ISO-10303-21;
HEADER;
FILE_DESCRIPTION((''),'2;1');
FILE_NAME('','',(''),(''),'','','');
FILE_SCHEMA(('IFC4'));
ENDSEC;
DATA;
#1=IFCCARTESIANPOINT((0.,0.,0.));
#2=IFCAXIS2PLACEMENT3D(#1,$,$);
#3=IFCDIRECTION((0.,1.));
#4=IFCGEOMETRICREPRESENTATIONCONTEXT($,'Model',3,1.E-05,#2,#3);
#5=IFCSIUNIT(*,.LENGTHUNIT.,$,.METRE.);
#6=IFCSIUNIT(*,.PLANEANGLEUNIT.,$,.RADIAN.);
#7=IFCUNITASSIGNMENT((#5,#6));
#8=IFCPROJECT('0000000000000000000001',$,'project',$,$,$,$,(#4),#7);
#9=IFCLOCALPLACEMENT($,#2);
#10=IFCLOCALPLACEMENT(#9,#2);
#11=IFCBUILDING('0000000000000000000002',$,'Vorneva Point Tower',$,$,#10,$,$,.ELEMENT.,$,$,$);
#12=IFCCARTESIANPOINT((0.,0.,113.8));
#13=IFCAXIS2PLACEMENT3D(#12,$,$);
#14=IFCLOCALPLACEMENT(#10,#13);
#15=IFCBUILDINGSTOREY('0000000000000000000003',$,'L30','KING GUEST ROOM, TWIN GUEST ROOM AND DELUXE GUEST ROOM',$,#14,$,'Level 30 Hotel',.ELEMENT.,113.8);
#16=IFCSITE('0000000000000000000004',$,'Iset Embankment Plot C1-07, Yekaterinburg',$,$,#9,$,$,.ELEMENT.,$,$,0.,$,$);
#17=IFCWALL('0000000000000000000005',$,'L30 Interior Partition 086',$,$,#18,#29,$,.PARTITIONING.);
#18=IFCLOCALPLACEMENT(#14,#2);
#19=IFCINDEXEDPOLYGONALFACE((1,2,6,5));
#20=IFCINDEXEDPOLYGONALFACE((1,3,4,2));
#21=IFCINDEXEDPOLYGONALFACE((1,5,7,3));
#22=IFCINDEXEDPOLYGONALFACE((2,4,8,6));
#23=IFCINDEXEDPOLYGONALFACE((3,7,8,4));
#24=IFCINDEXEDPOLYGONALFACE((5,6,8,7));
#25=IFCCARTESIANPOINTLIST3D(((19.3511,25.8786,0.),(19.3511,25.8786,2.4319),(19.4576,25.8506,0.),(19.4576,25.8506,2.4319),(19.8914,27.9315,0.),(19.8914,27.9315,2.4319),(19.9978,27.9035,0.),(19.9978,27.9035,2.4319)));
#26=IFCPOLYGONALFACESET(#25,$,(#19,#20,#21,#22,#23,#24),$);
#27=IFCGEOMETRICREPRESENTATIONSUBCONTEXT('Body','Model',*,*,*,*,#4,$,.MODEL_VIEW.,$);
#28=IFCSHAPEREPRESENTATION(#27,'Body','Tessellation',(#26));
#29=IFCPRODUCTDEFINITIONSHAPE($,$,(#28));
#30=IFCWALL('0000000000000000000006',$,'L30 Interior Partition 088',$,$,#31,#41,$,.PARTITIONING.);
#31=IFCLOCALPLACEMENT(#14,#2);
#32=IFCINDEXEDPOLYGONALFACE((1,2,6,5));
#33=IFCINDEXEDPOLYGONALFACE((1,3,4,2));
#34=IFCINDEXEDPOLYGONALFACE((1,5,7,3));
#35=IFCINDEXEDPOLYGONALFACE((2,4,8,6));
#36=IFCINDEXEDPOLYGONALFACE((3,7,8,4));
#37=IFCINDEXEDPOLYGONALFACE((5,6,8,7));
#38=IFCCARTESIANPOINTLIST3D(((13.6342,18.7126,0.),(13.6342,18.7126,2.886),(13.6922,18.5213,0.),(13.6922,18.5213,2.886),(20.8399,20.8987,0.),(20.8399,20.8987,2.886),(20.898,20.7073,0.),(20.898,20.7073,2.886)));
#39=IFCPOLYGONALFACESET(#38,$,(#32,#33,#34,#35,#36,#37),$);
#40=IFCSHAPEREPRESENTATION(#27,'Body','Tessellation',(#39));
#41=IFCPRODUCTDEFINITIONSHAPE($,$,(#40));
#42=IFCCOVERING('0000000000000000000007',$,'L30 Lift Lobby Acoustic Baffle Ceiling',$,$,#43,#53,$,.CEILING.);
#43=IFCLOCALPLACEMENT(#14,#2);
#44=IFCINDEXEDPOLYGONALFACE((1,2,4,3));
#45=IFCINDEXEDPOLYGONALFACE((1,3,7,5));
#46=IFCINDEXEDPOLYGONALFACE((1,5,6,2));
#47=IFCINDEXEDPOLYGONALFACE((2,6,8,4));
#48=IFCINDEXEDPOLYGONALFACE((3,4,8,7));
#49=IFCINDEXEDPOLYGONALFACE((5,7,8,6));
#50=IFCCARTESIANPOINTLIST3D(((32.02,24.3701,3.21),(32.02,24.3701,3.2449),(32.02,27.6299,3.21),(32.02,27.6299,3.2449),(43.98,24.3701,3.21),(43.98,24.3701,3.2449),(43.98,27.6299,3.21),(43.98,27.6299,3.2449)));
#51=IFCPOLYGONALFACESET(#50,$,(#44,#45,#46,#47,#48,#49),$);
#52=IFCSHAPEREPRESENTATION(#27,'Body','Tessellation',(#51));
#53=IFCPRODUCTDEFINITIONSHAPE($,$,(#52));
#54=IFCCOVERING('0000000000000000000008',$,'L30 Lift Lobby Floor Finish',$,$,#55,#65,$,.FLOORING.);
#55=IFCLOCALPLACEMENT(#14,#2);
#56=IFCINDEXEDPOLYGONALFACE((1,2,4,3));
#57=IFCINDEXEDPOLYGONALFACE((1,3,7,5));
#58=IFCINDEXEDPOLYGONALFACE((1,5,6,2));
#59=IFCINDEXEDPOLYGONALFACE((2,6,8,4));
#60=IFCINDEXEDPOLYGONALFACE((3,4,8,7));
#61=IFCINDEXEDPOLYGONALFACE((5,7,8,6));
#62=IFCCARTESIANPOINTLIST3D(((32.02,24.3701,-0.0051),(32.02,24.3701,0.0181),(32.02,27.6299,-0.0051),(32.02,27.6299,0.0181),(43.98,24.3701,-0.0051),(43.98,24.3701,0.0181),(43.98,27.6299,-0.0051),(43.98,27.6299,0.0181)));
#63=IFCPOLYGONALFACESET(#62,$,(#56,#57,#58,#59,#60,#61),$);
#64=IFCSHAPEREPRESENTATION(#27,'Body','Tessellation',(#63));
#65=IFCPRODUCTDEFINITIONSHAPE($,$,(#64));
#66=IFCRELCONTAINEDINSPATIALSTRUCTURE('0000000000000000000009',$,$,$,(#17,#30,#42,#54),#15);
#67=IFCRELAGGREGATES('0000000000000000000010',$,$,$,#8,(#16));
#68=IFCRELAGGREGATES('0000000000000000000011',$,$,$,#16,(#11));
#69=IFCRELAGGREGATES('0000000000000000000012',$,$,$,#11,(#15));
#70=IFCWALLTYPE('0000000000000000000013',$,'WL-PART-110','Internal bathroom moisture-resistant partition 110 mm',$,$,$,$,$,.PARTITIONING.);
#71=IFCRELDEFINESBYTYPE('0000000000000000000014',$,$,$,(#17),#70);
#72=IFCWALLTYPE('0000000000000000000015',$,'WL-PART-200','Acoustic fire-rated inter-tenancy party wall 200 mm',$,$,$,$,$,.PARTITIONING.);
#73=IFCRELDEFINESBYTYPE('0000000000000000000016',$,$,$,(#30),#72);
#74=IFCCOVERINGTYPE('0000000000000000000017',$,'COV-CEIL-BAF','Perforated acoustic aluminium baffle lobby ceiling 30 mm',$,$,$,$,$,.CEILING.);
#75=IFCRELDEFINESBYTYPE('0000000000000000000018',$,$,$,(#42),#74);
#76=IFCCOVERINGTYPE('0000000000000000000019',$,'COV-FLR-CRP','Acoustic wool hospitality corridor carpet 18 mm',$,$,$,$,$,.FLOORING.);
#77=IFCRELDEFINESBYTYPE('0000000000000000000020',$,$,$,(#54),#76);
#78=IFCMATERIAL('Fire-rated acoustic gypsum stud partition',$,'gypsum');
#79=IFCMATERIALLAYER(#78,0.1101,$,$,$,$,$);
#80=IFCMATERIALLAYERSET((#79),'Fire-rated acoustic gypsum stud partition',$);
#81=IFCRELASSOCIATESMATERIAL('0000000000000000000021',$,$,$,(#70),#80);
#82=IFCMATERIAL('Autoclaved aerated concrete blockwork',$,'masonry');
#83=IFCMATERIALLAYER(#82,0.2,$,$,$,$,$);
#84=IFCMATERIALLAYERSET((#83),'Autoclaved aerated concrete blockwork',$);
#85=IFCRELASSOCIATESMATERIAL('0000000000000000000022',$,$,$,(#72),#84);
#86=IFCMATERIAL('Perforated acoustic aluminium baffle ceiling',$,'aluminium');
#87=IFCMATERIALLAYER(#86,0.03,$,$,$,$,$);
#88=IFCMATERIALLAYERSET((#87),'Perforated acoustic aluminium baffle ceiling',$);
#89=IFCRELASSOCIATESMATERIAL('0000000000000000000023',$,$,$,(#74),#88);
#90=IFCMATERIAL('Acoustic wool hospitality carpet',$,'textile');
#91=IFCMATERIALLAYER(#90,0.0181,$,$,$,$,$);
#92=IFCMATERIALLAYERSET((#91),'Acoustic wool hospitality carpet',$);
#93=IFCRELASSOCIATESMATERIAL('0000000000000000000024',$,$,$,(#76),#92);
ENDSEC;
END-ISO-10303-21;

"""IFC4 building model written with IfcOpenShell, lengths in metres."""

from ifc_helpers import new_model, si_unit, direction, frame, frame_2d, origin, place, context, subcontext, project, spatial, polyline, rectangle, outline, extrude, material, layer, layer_set, type_object, element, save


model = new_model("IFC4")

# Units and contexts
model_context = context("Model", 3, precision=1e-05, world=origin(), true_north=direction((0.0, 1.0)))
body_context = subcontext(model_context, "Body", "Model", "MODEL_VIEW")
ifc_project = project(units=[si_unit("LENGTHUNIT", "METRE"), si_unit("PLANEANGLEUNIT", "RADIAN")], contexts=[model_context])

# Site, building, storey
site_placement = place(None, origin())
site = spatial("IfcSite", under=ifc_project, at=site_placement, Name="Iset Embankment Plot C1-07, Yekaterinburg", CompositionType="ELEMENT", RefElevation=0.0)
building_placement = place(site_placement, origin())
building = spatial("IfcBuilding", under=site, at=building_placement, Name="Vorneva Point Tower", CompositionType="ELEMENT")
storey_placement = place(building_placement, frame((0.0, 0.0, 113.8)))
storey = spatial("IfcBuildingStorey", under=building, at=storey_placement, Name="L30", Description="KING GUEST ROOM, TWIN GUEST ROOM AND DELUXE GUEST ROOM", LongName="Level 30 Hotel", CompositionType="ELEMENT", Elevation=113.8)

# Walls
ifc_material_1 = material(Name="Fire-rated acoustic gypsum stud partition", Category="gypsum")
ifc_layer_1 = layer(ifc_material_1, 0.1101)
ifc_layer_set_1 = layer_set([ifc_layer_1], Name="Fire-rated acoustic gypsum stud partition")
wall_type_1 = type_object("IfcWallType", Name="WL-PART-110", Description="Internal bathroom moisture-resistant partition 110 mm", PredefinedType="PARTITIONING", material=ifc_layer_set_1)
wall_1_placement = place(storey_placement, frame((19.4043, 25.8645, 0.0), z_axis=(0.0, 0.0, 1.0), x_axis=(0.254505, 0.967072, 0.0)))
element("IfcWall", 1, at=wall_1_placement, inside=storey, type_object=wall_type_1, Name="L30 Interior Partition 086", PredefinedType="PARTITIONING", context=body_context, shape_type="SweptSolid", body=[
    extrude(rectangle(XDim=2.1228, YDim=0.1101, at=frame_2d((1.0615, 0.0))), origin(), (0.0, 0.0, 1.0), 2.4319),
])
ifc_material_2 = material(Name="Autoclaved aerated concrete blockwork", Category="masonry")
ifc_layer_2 = layer(ifc_material_2, 0.2)
ifc_layer_set_2 = layer_set([ifc_layer_2], Name="Autoclaved aerated concrete blockwork")
wall_type_2 = type_object("IfcWallType", Name="WL-PART-200", Description="Acoustic fire-rated inter-tenancy party wall 200 mm", PredefinedType="PARTITIONING", material=ifc_layer_set_2)
wall_2_placement = place(storey_placement, frame((13.6631, 18.6169, 0.0), z_axis=(0.0, 0.0, 1.0), x_axis=(0.956934, 0.290306, 0.0)))
element("IfcWall", 2, at=wall_2_placement, inside=storey, type_object=wall_type_2, Name="L30 Interior Partition 088", PredefinedType="PARTITIONING", context=body_context, shape_type="SweptSolid", body=[
    extrude(rectangle(XDim=7.53, YDim=0.2, at=frame_2d((3.7651, 0.0))), origin(), (0.0, 0.0, 1.0), 2.886),
])

# Coverings
ifc_material_3 = material(Name="Perforated acoustic aluminium baffle ceiling", Category="aluminium")
ifc_layer_3 = layer(ifc_material_3, 0.03)
ifc_layer_set_3 = layer_set([ifc_layer_3], Name="Perforated acoustic aluminium baffle ceiling")
covering_type_1 = type_object("IfcCoveringType", Name="COV-CEIL-BAF", Description="Perforated acoustic aluminium baffle lobby ceiling 30 mm", PredefinedType="CEILING", material=ifc_layer_set_3)
covering_1_placement = place(storey_placement, frame((0.0, 0.0, 3.21)))
element("IfcCovering", 3, at=covering_1_placement, inside=storey, type_object=covering_type_1, Name="L30 Lift Lobby Acoustic Baffle Ceiling", PredefinedType="CEILING", context=body_context, shape_type="SweptSolid", body=[
    extrude(outline(polyline([(32.02, 24.3701), (43.98, 24.3701), (43.98, 27.6299), (32.02, 27.6299), (32.02, 24.3701)])), origin(), (0.0, 0.0, 1.0), 0.0349),
])
ifc_material_4 = material(Name="Acoustic wool hospitality carpet", Category="textile")
ifc_layer_4 = layer(ifc_material_4, 0.0181)
ifc_layer_set_4 = layer_set([ifc_layer_4], Name="Acoustic wool hospitality carpet")
covering_type_2 = type_object("IfcCoveringType", Name="COV-FLR-CRP", Description="Acoustic wool hospitality corridor carpet 18 mm", PredefinedType="FLOORING", material=ifc_layer_set_4)
covering_2_placement = place(storey_placement, frame((0.0, 0.0, -0.0051)))
element("IfcCovering", 4, at=covering_2_placement, inside=storey, type_object=covering_type_2, Name="L30 Lift Lobby Floor Finish", PredefinedType="FLOORING", context=body_context, shape_type="SweptSolid", body=[
    extrude(outline(polyline([(32.02, 24.3701), (43.98, 24.3701), (43.98, 27.6299), (32.02, 27.6299), (32.02, 24.3701)])), origin(), (0.0, 0.0, 1.0), 0.0232),
])

save(model, "model.ifc")
